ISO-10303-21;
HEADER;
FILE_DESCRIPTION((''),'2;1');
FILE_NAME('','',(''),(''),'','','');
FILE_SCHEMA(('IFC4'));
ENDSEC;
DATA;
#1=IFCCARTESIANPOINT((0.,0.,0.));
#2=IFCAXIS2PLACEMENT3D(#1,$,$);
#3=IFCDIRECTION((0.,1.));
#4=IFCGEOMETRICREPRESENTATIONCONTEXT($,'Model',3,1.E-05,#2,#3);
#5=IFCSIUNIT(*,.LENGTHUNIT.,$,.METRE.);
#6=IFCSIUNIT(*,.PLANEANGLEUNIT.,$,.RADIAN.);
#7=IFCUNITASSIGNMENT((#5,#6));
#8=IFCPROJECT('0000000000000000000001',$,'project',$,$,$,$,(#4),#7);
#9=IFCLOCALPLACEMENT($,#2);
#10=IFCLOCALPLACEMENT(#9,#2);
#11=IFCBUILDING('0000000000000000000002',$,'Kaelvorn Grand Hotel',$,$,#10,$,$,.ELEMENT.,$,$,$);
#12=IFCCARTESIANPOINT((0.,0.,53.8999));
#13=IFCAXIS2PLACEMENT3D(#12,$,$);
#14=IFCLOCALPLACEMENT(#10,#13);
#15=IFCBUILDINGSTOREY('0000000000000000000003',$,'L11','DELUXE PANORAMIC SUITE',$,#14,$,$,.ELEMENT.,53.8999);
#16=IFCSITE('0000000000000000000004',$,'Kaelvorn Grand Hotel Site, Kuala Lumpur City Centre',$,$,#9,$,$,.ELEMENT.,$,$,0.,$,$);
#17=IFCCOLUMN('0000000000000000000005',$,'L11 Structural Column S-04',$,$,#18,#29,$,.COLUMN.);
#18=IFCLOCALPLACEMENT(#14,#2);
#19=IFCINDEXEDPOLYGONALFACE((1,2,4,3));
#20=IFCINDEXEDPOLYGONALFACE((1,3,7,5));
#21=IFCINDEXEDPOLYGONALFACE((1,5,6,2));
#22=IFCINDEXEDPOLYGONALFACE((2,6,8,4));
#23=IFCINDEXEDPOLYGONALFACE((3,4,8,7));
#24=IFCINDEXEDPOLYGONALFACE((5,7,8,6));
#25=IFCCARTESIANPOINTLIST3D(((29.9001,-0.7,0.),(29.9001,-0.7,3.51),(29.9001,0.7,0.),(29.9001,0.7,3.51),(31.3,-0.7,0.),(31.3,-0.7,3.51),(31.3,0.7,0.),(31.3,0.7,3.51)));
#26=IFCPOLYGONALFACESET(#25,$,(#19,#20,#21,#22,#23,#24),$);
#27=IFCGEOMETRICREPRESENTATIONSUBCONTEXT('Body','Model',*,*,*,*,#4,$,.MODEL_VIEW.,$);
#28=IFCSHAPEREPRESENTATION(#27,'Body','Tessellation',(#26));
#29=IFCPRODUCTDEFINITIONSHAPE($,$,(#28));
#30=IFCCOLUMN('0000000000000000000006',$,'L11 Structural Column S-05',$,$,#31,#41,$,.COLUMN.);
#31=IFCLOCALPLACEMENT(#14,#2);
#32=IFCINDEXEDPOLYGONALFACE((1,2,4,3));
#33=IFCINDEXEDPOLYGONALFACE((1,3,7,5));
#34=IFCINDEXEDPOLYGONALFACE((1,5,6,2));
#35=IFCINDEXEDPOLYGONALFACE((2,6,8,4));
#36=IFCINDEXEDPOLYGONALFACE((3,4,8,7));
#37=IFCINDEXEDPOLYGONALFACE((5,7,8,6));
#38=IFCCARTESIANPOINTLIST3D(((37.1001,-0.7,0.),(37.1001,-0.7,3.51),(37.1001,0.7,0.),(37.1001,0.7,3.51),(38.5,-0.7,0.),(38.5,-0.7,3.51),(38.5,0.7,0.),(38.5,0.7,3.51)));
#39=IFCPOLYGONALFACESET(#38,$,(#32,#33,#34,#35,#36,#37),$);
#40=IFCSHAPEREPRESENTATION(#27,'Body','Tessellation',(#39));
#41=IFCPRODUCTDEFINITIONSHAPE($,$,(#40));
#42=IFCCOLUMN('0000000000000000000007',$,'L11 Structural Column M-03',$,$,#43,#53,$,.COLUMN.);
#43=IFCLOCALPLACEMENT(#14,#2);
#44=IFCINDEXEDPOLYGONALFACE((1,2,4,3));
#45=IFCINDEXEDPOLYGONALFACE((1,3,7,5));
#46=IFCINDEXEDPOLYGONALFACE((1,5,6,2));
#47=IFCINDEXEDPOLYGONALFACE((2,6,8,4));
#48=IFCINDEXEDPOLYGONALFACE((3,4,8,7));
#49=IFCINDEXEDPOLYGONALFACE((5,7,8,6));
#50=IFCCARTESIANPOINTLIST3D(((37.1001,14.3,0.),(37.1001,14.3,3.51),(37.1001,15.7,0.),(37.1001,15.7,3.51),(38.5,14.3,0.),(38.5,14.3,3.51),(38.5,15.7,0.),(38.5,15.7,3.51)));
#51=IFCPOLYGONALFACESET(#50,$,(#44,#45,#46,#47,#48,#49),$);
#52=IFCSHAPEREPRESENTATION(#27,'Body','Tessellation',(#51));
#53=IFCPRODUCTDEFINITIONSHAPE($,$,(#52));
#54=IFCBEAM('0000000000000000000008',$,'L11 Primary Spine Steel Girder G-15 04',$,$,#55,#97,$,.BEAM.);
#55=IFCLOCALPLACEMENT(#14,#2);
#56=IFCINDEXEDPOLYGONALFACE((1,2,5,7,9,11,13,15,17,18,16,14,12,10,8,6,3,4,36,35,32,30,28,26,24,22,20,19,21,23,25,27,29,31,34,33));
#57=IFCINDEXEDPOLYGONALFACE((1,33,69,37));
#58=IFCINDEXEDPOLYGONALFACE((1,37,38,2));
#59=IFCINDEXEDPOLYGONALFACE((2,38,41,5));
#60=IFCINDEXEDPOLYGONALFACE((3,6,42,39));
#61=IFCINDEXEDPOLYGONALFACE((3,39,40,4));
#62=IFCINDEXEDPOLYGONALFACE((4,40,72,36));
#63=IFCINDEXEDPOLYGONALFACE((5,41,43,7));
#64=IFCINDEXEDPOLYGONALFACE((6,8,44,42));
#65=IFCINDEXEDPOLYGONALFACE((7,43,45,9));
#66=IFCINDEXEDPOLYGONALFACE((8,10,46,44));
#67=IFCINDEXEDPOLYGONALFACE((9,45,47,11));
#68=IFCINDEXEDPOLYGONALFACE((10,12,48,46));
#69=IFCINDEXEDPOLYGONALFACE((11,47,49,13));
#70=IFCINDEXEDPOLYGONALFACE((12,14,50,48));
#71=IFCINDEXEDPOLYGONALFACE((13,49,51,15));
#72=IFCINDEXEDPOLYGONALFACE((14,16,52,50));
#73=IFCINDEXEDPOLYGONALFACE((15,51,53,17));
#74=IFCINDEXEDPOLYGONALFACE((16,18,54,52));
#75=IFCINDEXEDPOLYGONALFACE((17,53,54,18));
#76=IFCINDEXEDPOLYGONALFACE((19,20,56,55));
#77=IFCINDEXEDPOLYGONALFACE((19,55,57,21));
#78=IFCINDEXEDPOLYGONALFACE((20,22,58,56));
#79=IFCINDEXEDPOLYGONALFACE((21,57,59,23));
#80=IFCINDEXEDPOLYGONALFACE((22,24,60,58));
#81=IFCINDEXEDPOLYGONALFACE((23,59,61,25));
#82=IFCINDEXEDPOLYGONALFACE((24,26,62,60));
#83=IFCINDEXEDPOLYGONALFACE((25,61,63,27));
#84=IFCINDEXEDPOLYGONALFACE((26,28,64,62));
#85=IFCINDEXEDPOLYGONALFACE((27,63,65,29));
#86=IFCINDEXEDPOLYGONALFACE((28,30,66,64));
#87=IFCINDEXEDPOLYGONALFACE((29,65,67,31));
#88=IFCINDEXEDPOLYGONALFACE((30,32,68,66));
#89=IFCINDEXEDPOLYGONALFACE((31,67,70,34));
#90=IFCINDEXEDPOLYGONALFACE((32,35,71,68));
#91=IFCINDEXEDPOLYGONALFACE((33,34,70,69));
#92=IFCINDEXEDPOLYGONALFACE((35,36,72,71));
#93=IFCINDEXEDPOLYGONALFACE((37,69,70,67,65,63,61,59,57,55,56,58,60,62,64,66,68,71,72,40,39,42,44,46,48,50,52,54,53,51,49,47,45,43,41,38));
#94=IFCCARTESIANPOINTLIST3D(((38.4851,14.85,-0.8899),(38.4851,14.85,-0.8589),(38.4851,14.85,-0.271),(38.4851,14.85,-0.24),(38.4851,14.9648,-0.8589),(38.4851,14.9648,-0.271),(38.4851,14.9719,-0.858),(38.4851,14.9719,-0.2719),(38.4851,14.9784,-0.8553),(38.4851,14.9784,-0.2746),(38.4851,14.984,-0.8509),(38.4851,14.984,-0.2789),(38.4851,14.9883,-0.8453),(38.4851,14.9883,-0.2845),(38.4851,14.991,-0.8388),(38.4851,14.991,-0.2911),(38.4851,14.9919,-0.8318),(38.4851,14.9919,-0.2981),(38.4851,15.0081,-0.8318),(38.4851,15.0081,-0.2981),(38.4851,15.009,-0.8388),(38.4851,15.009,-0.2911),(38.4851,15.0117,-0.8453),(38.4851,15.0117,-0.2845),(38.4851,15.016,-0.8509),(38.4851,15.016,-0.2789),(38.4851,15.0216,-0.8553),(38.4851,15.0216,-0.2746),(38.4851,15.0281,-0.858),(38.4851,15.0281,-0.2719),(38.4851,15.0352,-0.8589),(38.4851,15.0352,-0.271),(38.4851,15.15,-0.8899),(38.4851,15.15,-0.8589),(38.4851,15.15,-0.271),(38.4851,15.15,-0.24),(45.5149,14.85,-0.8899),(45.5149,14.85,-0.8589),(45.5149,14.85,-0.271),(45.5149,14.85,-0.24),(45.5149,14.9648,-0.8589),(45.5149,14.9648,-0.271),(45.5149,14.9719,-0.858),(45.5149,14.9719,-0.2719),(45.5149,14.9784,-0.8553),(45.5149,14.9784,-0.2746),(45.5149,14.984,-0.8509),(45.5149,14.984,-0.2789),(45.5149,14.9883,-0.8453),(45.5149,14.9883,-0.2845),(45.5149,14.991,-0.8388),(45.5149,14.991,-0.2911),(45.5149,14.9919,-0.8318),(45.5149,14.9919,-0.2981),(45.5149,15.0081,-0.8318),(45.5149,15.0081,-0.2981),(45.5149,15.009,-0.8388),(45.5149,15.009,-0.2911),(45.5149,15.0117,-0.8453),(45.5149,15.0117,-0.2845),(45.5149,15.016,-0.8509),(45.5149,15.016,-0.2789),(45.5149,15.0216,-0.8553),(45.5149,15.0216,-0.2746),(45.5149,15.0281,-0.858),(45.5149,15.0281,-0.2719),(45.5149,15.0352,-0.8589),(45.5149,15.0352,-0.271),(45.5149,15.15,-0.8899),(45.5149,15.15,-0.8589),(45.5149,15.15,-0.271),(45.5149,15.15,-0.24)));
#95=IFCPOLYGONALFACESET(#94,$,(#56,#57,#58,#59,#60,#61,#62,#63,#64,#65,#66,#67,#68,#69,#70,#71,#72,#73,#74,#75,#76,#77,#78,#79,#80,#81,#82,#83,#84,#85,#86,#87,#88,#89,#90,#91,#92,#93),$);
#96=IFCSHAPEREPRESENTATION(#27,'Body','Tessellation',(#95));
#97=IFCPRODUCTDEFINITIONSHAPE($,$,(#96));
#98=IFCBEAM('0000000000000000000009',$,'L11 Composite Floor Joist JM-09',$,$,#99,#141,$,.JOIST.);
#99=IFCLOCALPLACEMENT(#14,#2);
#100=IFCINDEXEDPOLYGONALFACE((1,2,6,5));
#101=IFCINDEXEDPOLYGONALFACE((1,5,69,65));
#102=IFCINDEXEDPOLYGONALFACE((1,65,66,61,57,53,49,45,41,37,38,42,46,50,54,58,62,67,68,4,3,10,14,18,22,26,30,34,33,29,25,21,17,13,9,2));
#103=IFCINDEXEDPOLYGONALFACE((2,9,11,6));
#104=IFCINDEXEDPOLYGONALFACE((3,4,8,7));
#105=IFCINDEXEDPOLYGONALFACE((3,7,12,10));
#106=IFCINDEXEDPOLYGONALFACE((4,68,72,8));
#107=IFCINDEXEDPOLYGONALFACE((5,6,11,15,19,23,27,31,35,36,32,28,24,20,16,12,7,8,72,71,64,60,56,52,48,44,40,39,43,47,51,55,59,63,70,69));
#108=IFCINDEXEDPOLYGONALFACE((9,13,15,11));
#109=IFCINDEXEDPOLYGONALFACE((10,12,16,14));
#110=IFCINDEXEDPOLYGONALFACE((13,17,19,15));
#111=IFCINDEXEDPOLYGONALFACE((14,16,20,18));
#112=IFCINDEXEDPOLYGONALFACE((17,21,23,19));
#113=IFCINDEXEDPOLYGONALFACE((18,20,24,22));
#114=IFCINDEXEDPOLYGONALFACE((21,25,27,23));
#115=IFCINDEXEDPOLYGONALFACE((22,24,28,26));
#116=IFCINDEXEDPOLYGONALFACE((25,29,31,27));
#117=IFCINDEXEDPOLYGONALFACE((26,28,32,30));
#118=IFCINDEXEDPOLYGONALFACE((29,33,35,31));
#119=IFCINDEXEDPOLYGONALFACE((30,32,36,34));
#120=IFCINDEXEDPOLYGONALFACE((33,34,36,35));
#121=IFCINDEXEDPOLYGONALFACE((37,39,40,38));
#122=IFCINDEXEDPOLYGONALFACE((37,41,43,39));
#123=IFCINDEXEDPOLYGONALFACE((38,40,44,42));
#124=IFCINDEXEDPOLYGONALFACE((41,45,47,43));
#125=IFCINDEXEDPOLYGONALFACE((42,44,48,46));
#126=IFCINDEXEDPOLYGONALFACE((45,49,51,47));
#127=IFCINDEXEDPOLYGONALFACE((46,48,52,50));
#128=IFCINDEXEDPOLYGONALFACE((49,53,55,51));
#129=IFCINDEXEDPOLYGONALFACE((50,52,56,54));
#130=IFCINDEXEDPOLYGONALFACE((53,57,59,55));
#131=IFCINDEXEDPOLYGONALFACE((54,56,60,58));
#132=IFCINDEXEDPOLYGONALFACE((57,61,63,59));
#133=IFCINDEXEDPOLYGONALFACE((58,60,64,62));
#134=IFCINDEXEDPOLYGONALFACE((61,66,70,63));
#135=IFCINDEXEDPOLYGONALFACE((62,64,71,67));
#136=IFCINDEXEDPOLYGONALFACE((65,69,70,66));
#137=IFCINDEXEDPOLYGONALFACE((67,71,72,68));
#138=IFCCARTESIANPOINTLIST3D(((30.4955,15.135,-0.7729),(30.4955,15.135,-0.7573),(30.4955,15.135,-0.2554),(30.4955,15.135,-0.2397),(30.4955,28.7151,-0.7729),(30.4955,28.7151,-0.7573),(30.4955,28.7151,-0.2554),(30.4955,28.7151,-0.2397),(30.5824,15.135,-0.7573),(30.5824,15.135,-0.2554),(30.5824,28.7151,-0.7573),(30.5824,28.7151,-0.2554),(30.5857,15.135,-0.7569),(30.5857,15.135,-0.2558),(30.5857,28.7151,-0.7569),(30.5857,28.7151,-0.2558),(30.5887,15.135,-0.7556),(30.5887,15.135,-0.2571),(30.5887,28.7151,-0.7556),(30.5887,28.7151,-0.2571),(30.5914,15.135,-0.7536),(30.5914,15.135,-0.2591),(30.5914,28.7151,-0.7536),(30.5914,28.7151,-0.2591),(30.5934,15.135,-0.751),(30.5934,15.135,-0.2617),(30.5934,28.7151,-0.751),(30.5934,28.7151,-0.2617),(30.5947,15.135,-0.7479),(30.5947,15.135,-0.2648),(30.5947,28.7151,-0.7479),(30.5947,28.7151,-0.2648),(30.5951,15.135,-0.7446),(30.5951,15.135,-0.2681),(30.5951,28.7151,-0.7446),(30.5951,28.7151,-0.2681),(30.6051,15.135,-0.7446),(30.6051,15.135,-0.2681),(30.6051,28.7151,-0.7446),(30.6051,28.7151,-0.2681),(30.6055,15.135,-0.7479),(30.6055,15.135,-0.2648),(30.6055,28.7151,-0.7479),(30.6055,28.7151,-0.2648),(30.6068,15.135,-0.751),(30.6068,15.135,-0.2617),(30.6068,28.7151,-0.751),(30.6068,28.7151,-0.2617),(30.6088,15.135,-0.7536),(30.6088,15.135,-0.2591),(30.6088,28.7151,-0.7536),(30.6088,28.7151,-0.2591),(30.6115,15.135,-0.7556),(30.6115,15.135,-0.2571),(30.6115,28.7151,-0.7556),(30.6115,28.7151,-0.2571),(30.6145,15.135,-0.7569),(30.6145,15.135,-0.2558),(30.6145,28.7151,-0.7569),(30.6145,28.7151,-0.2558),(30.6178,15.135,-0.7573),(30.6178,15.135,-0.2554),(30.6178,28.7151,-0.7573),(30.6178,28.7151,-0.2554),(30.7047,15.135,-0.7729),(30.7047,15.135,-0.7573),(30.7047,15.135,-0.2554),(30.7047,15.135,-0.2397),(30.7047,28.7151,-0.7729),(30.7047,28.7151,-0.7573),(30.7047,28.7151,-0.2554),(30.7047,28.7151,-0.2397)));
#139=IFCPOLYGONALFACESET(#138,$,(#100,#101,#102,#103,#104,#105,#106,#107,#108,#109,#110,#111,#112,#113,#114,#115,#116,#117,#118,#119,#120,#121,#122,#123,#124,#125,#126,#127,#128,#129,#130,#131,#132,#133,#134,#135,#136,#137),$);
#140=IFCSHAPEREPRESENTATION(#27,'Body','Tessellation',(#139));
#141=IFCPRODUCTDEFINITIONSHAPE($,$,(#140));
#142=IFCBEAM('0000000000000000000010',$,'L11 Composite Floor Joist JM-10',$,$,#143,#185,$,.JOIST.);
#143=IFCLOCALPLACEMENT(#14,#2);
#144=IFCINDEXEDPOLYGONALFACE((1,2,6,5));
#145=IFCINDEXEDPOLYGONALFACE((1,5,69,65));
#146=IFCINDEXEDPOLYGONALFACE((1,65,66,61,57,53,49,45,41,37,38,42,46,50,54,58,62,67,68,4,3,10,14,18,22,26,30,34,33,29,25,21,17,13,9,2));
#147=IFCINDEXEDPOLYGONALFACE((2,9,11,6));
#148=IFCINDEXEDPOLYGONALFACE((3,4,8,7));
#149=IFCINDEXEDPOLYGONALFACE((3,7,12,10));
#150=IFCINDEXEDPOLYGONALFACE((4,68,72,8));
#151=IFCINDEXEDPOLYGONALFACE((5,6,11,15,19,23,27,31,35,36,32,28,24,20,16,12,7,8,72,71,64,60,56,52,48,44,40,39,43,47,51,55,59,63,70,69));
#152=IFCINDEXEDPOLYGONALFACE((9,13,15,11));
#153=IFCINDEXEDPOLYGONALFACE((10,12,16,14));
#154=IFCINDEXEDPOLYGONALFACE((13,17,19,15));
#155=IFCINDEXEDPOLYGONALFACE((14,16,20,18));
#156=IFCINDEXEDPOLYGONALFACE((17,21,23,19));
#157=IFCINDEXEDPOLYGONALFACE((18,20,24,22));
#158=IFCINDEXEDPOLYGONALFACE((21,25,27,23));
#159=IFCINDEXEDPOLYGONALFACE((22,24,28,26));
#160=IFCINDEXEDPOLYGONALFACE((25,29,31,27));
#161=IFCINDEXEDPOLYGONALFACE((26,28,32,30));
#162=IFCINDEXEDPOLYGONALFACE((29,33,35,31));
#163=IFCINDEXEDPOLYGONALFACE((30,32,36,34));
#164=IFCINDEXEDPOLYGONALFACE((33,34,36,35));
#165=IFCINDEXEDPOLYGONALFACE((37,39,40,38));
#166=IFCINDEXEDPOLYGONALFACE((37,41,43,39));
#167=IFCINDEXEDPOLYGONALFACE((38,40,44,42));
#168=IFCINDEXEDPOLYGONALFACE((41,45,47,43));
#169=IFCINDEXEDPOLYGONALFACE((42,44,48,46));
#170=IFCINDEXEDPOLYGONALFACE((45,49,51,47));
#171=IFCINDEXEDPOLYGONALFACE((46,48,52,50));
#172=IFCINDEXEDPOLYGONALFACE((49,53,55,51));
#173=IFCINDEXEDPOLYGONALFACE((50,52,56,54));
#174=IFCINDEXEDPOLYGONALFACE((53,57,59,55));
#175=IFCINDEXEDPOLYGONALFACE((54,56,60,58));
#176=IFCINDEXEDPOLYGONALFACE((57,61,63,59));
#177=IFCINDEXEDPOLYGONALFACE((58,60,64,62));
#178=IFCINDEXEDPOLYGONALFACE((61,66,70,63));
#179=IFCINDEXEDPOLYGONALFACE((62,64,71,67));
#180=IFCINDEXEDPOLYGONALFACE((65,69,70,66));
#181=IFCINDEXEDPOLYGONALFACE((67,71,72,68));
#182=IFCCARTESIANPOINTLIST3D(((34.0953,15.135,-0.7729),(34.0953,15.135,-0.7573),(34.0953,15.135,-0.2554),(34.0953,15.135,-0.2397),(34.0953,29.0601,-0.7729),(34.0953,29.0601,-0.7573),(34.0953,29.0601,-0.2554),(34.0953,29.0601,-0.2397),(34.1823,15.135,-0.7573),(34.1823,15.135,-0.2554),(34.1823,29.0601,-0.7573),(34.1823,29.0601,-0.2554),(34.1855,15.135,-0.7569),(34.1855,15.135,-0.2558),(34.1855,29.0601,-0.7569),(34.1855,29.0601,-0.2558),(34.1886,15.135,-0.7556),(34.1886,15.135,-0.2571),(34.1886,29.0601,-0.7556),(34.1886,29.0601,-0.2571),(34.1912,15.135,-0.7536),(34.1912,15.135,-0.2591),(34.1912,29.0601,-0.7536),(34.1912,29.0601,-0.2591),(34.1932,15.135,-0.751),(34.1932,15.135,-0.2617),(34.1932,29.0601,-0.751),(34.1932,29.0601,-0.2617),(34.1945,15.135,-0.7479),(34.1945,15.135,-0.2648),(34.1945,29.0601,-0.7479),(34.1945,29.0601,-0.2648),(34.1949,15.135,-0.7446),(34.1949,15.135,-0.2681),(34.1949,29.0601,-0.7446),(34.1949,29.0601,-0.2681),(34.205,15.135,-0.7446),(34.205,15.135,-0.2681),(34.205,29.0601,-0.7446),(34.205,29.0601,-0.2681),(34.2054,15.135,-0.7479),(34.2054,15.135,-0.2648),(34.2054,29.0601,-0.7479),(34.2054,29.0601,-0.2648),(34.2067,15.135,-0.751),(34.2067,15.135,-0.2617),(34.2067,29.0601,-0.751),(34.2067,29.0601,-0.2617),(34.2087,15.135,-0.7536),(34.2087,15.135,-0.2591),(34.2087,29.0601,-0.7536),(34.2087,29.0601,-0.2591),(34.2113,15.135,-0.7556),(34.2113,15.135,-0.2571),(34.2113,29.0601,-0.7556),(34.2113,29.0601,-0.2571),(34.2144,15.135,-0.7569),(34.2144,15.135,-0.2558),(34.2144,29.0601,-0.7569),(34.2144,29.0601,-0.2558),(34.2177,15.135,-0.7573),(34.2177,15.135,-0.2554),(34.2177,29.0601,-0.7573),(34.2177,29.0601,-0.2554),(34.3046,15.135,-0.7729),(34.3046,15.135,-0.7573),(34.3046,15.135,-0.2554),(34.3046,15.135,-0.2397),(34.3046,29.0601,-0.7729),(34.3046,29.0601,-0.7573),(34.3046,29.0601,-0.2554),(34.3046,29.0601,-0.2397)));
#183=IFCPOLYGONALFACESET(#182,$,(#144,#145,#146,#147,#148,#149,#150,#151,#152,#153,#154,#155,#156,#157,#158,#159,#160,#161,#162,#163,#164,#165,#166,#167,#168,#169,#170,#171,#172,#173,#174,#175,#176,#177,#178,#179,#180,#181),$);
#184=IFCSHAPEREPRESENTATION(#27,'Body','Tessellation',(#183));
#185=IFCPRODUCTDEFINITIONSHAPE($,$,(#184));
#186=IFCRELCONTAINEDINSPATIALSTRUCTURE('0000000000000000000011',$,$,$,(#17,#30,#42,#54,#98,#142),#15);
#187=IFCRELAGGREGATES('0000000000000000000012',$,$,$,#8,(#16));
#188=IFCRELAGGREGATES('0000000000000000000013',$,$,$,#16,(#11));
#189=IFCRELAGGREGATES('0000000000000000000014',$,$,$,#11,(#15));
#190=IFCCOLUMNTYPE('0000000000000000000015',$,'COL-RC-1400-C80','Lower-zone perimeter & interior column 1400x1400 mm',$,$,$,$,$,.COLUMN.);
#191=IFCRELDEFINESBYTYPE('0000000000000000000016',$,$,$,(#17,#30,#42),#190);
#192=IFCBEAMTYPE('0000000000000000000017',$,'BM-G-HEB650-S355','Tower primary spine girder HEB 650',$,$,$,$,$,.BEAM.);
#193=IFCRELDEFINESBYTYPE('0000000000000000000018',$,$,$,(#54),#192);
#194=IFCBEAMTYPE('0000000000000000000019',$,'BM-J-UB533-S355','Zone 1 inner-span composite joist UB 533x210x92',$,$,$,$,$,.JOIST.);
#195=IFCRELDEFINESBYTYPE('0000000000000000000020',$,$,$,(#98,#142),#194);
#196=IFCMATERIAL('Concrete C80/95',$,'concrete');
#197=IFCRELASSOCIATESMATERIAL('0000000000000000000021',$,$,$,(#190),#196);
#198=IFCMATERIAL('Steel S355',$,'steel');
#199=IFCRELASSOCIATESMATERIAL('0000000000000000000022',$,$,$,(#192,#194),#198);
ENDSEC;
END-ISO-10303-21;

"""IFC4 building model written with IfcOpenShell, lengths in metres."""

from ifc_helpers import new_model, si_unit, direction, frame, origin, origin_2d, place, context, subcontext, project, spatial, rectangle, i_section, extrude, material, material_profile, profile_set, type_object, element, save


model = new_model("IFC4")

# Units and contexts
model_context = context("Model", 3, precision=1e-05, world=origin(), true_north=direction((0.0, 1.0)))
body_context = subcontext(model_context, "Body", "Model", "MODEL_VIEW")
ifc_project = project(units=[si_unit("LENGTHUNIT", "METRE"), si_unit("PLANEANGLEUNIT", "RADIAN")], contexts=[model_context])

# Site, building, storey
site_placement = place(None, origin())
site = spatial("IfcSite", under=ifc_project, at=site_placement, Name="Kaelvorn Grand Hotel Site, Kuala Lumpur City Centre", CompositionType="ELEMENT", RefElevation=0.0)
building_placement = place(site_placement, origin())
building = spatial("IfcBuilding", under=site, at=building_placement, Name="Kaelvorn Grand Hotel", CompositionType="ELEMENT")
storey_placement = place(building_placement, frame((0.0, 0.0, 53.8999)))
storey = spatial("IfcBuildingStorey", under=building, at=storey_placement, Name="L11", Description="DELUXE PANORAMIC SUITE", CompositionType="ELEMENT", Elevation=53.8999)

# Columns
ifc_material_1 = material(Name="Concrete C80/95", Category="concrete")
ifc_material_profile_1 = material_profile(ifc_material_1, rectangle(XDim=1.3999, YDim=1.3999, at=origin_2d()), Name="RC COL 1400x1400")
ifc_profile_set_1 = profile_set([ifc_material_profile_1], Name="Concrete C80/95")
column_type = type_object("IfcColumnType", Name="COL-RC-1400-C80", Description="Lower-zone perimeter & interior column 1400x1400 mm", PredefinedType="COLUMN", material=ifc_profile_set_1)
for number, where, z_axis, x_axis, name in (
    (1, (30.6001, 0.0, 0.0), (0.0, 0.0, 1.0), (1.0, 0.0, 0.0), "L11 Structural Column S-04"),
    (2, (37.8, 0.0, 0.0), (0.0, 0.0, 1.0), (1.0, 0.0, 0.0), "L11 Structural Column S-05"),
    (3, (37.8, 15.0, 0.0), (0.0, 0.0, 1.0), (1.0, 0.0, 0.0), "L11 Structural Column M-03"),
):
    element("IfcColumn", number, at=place(storey_placement, frame(where, z_axis=z_axis, x_axis=x_axis)), inside=storey, type_object=column_type, Name=name, PredefinedType="COLUMN", context=body_context, shape_type="SweptSolid", body=[
        extrude(rectangle(XDim=1.3999, YDim=1.3999, at=origin_2d()), origin(), (0.0, 0.0, 1.0), 3.51),
    ])

# Beams
ifc_material_2 = material(Name="Steel S355", Category="steel")
ifc_material_profile_2 = material_profile(ifc_material_2, i_section(OverallWidth=0.3, OverallDepth=0.6499, WebThickness=0.0161, FlangeThickness=0.031, FilletRadius=0.0271, at=origin_2d()), Name="HEB 650")
ifc_profile_set_2 = profile_set([ifc_material_profile_2], Name="Steel S355")
beam_type_1 = type_object("IfcBeamType", Name="BM-G-HEB650-S355", Description="Tower primary spine girder HEB 650", PredefinedType="BEAM", material=ifc_profile_set_2)
beam_1_placement = place(storey_placement, frame((38.4851, 15.0, -0.5649), z_axis=(1.0, 0.0, 0.0), x_axis=(0.0, 1.0, 0.0)))
element("IfcBeam", 4, at=beam_1_placement, inside=storey, type_object=beam_type_1, Name="L11 Primary Spine Steel Girder G-15 04", PredefinedType="BEAM", context=body_context, shape_type="SweptSolid", body=[
    extrude(i_section(OverallWidth=0.3, OverallDepth=0.6499, WebThickness=0.0161, FlangeThickness=0.031, FilletRadius=0.0271, at=origin_2d()), origin(), (0.0, 0.0, 1.0), 7.0298),
])
ifc_material_profile_3 = material_profile(ifc_material_2, i_section(OverallWidth=0.2092, OverallDepth=0.5332, WebThickness=0.01, FlangeThickness=0.0156, FilletRadius=0.0127, at=origin_2d()), Name="UB 533x210x92")
ifc_profile_set_3 = profile_set([ifc_material_profile_3], Name="Steel S355")
beam_type_2 = type_object("IfcBeamType", Name="BM-J-UB533-S355", Description="Zone 1 inner-span composite joist UB 533x210x92", PredefinedType="JOIST", material=ifc_profile_set_3)
beam_2_placement = place(storey_placement, frame((30.6001, 15.135, -0.5063), z_axis=(0.0, 1.0, 0.0), x_axis=(-1.0, 0.0, 0.0)))
element("IfcBeam", 5, at=beam_2_placement, inside=storey, type_object=beam_type_2, Name="L11 Composite Floor Joist JM-09", PredefinedType="JOIST", context=body_context, shape_type="SweptSolid", body=[
    extrude(i_section(OverallWidth=0.2092, OverallDepth=0.5332, WebThickness=0.01, FlangeThickness=0.0156, FilletRadius=0.0127, at=origin_2d()), origin(), (0.0, 0.0, 1.0), 13.5801),
])
beam_3_placement = place(storey_placement, frame((34.2, 15.135, -0.5063), z_axis=(0.0, 1.0, 0.0), x_axis=(-1.0, 0.0, 0.0)))
element("IfcBeam", 6, at=beam_3_placement, inside=storey, type_object=beam_type_2, Name="L11 Composite Floor Joist JM-10", PredefinedType="JOIST", context=body_context, shape_type="SweptSolid", body=[
    extrude(i_section(OverallWidth=0.2092, OverallDepth=0.5332, WebThickness=0.01, FlangeThickness=0.0156, FilletRadius=0.0127, at=origin_2d()), origin(), (0.0, 0.0, 1.0), 13.925),
])

save(model, "model.ifc")
